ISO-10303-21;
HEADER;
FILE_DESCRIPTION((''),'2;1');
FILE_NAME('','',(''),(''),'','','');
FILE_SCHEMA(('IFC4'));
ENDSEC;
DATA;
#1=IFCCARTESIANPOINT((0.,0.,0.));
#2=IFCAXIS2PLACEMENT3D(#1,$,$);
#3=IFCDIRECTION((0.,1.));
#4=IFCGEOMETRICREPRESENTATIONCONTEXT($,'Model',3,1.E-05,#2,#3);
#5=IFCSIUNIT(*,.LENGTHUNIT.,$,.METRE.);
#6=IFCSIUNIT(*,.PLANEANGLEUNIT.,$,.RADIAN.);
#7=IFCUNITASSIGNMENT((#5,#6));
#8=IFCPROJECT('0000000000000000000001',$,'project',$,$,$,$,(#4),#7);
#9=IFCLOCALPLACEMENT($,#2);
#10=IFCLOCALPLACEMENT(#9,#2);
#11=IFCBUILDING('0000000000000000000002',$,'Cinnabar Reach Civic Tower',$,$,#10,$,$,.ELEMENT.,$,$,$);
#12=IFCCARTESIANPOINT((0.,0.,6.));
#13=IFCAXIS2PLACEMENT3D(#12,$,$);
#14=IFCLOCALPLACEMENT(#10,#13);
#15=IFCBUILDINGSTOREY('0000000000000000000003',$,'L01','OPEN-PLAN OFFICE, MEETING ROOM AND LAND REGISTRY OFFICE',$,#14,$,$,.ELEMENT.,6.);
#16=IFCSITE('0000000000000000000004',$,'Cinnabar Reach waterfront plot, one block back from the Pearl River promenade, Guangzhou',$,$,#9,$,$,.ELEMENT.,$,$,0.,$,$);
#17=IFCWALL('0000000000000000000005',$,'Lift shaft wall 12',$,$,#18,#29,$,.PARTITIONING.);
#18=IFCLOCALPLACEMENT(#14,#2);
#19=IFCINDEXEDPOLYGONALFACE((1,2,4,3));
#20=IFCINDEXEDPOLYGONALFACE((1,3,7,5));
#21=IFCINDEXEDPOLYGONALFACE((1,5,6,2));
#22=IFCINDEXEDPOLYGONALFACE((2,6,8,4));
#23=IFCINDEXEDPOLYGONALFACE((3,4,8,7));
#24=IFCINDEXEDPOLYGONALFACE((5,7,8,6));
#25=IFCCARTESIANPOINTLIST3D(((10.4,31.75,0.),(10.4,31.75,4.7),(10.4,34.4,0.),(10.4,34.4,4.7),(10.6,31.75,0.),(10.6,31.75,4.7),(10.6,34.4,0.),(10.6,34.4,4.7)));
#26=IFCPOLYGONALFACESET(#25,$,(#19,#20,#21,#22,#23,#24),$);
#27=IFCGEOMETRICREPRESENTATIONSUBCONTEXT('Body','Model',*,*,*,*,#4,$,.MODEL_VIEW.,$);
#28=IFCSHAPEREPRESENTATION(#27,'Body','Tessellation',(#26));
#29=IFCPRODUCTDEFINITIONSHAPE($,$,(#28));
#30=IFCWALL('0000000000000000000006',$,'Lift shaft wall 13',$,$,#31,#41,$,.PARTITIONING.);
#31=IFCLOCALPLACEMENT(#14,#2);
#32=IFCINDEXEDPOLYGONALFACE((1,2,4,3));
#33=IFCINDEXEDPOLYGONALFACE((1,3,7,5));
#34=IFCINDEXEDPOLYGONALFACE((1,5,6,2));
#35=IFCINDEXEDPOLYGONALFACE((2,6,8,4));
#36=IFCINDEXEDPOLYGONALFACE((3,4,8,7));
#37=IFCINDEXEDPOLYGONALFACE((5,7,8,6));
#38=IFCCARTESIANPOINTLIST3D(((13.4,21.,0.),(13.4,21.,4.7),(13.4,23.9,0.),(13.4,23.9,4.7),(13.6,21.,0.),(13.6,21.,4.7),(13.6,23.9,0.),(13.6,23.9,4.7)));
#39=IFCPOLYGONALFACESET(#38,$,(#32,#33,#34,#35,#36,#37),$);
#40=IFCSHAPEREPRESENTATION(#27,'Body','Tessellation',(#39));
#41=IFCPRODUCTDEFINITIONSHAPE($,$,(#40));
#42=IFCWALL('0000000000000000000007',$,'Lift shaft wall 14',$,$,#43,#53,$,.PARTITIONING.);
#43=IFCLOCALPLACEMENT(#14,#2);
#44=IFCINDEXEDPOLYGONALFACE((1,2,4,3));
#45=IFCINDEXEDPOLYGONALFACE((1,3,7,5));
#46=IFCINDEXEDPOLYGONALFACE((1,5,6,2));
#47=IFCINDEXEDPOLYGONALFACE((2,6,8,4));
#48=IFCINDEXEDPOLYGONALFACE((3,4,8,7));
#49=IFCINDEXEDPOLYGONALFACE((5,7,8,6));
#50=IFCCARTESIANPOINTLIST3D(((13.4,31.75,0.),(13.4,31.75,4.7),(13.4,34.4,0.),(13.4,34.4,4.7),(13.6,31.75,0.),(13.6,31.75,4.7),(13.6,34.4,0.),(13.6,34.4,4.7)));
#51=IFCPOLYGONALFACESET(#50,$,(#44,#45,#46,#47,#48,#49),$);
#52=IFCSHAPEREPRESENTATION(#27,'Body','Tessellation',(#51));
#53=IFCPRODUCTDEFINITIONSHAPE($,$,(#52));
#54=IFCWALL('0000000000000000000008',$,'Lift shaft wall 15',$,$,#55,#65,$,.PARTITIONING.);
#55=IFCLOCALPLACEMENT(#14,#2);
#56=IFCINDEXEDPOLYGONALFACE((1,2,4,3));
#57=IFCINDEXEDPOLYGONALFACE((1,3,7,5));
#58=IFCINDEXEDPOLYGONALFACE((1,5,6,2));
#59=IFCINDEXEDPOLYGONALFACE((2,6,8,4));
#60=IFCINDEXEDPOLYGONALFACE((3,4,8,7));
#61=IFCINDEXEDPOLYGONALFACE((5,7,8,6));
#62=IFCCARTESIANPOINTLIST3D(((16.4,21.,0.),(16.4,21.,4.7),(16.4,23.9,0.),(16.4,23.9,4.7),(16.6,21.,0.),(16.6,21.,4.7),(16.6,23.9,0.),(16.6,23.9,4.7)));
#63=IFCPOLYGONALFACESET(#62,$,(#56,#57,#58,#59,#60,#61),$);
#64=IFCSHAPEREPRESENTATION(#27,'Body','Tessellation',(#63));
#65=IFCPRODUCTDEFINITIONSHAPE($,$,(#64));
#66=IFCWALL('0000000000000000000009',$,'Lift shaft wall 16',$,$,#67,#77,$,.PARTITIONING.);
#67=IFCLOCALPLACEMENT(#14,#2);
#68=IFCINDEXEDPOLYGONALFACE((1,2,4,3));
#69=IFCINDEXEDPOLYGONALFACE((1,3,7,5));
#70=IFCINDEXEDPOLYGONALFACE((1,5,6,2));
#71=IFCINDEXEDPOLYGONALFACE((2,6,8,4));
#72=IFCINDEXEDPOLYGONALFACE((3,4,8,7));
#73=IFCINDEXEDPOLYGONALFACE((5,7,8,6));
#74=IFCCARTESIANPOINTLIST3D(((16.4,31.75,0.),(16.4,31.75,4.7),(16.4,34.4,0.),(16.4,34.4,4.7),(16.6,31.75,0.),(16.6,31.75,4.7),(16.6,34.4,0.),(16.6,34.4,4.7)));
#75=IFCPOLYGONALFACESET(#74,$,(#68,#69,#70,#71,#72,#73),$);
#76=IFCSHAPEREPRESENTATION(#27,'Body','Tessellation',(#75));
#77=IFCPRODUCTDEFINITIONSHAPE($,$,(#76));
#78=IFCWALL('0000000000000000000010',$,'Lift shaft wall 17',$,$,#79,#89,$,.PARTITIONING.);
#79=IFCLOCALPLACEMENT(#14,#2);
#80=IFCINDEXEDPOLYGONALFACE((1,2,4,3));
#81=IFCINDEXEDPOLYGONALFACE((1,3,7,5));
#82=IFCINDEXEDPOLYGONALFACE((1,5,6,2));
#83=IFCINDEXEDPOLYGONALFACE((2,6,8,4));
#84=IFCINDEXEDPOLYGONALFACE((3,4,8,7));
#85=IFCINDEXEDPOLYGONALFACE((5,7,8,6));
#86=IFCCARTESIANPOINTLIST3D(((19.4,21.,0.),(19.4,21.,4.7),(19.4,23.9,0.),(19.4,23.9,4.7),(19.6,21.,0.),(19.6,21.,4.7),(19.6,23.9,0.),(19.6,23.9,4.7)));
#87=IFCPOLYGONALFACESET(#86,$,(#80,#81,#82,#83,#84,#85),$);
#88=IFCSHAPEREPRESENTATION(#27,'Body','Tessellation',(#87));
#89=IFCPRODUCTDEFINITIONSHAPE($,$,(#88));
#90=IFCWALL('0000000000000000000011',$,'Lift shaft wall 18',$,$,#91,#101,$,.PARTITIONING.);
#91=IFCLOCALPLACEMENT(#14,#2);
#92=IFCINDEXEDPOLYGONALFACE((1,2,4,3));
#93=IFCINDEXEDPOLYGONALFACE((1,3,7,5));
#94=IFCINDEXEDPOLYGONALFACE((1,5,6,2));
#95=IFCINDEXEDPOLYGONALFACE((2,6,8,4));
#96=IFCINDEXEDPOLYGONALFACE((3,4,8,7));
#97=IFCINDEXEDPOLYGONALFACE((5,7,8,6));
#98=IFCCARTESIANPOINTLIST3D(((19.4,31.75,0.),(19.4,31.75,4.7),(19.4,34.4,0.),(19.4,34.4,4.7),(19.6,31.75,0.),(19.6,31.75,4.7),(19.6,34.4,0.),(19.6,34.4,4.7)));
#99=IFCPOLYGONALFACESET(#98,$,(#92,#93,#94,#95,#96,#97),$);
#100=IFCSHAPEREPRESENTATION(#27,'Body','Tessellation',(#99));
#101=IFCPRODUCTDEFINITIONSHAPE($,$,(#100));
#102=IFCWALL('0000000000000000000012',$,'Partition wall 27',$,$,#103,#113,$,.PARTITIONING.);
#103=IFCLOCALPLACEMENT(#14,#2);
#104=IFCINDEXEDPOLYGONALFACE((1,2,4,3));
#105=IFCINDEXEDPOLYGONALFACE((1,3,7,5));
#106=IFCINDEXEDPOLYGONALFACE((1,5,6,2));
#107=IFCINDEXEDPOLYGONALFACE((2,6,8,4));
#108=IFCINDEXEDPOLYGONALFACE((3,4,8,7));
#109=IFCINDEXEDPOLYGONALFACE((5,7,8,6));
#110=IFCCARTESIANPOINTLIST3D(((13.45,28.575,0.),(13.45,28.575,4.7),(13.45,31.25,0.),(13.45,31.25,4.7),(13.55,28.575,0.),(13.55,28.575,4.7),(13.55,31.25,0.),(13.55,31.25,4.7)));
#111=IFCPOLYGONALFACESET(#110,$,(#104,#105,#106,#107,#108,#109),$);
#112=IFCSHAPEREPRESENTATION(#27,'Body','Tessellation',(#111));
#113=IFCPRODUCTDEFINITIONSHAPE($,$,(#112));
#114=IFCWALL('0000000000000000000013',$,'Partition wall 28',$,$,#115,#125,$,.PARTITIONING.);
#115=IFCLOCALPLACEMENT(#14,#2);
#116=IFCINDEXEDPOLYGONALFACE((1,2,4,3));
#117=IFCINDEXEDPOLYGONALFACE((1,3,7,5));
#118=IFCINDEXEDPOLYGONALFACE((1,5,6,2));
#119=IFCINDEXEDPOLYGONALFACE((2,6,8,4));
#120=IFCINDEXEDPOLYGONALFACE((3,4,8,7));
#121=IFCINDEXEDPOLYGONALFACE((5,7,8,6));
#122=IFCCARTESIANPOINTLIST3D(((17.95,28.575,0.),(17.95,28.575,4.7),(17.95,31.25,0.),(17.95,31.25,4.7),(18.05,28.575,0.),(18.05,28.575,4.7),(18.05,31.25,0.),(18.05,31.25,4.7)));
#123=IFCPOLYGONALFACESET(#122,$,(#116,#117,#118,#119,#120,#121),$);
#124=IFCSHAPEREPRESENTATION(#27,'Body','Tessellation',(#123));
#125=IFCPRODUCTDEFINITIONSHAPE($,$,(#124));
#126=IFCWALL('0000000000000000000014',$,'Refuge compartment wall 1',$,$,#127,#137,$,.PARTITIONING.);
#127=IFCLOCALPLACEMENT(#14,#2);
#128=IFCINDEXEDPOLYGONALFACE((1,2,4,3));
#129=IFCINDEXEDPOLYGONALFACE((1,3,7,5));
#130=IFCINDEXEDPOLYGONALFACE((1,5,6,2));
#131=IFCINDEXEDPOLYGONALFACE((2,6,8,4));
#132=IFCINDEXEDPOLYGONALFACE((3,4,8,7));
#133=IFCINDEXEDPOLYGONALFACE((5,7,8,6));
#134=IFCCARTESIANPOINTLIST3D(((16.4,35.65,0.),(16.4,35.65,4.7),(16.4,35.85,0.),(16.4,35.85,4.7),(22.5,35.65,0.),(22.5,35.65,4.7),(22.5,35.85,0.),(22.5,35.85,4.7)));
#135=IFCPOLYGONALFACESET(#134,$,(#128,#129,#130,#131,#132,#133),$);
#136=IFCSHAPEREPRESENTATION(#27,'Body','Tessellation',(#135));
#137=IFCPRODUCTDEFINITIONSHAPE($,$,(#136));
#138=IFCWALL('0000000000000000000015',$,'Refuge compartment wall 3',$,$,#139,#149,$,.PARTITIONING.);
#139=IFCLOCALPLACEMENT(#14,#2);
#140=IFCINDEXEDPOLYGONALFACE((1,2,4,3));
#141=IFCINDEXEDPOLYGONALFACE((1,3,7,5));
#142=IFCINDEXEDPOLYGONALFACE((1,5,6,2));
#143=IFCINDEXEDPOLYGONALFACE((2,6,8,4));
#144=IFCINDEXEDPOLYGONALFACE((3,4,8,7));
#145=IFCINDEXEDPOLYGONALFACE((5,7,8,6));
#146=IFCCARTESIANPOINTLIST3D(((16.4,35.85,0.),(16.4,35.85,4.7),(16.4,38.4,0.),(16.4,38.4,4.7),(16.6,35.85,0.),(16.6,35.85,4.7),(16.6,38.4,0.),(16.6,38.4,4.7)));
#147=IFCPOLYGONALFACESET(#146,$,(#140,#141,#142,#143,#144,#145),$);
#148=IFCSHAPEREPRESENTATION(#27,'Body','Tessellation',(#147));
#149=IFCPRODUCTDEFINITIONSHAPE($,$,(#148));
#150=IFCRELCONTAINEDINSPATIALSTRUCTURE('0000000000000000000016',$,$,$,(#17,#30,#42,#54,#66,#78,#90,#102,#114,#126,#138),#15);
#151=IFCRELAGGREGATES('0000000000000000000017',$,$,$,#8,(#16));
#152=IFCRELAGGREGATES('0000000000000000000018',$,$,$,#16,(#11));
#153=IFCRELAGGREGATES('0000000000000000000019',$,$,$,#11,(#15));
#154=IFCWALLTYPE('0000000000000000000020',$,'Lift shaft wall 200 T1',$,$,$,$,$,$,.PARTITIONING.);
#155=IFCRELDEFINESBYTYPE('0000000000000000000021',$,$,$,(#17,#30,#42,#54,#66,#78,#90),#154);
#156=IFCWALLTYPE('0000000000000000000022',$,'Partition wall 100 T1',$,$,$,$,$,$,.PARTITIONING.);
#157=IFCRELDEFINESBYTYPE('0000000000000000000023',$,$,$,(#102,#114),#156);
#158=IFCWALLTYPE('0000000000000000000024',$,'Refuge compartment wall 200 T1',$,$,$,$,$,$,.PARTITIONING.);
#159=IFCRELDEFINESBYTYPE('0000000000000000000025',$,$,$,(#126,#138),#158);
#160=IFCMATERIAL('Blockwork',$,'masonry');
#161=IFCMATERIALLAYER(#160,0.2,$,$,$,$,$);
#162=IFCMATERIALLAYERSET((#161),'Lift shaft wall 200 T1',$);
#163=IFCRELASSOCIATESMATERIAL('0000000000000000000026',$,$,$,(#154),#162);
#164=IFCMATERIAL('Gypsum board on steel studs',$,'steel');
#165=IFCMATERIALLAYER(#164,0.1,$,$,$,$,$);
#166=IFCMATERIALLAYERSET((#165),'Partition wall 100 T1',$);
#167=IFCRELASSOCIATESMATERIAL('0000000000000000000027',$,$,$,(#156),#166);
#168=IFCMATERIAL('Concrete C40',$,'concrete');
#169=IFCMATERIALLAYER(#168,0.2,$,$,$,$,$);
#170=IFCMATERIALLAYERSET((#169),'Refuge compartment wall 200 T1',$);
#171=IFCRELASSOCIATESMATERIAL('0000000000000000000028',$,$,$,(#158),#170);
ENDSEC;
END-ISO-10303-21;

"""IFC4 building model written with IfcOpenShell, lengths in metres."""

from ifc_helpers import new_model, si_unit, direction, frame, frame_2d, origin, place, context, subcontext, project, spatial, rectangle, extrude, material, layer, layer_set, type_object, element, save


model = new_model("IFC4")

# Units and contexts
model_context = context("Model", 3, precision=1e-05, world=origin(), true_north=direction((0.0, 1.0)))
body_context = subcontext(model_context, "Body", "Model", "MODEL_VIEW")
ifc_project = project(units=[si_unit("LENGTHUNIT", "METRE"), si_unit("PLANEANGLEUNIT", "RADIAN")], contexts=[model_context])

# Site, building, storey
site_placement = place(None, origin())
site = spatial("IfcSite", under=ifc_project, at=site_placement, Name="Cinnabar Reach waterfront plot, one block back from the Pearl River promenade, Guangzhou", CompositionType="ELEMENT", RefElevation=0.0)
building_placement = place(site_placement, origin())
building = spatial("IfcBuilding", under=site, at=building_placement, Name="Cinnabar Reach Civic Tower", CompositionType="ELEMENT")
storey_placement = place(building_placement, frame((0.0, 0.0, 6.0)))
storey = spatial("IfcBuildingStorey", under=building, at=storey_placement, Name="L01", Description="OPEN-PLAN OFFICE, MEETING ROOM AND LAND REGISTRY OFFICE", CompositionType="ELEMENT", Elevation=6.0)

# Walls
ifc_material_1 = material(Name="Blockwork", Category="masonry")
ifc_layer_1 = layer(ifc_material_1, 0.2)
ifc_layer_set_1 = layer_set([ifc_layer_1], Name="Lift shaft wall 200 T1")
wall_type_1 = type_object("IfcWallType", Name="Lift shaft wall 200 T1", PredefinedType="PARTITIONING", material=ifc_layer_set_1)
wall_1_placement = place(storey_placement, frame((10.5, 31.75, 0.0), z_axis=(0.0, 0.0, 1.0), x_axis=(0.0, 1.0, 0.0)))
element("IfcWall", 1, at=wall_1_placement, inside=storey, type_object=wall_type_1, Name="Lift shaft wall 12", PredefinedType="PARTITIONING", context=body_context, shape_type="SweptSolid", body=[
    extrude(rectangle(XDim=2.65, YDim=0.2, at=frame_2d((1.325, 0.0))), origin(), (0.0, 0.0, 1.0), 4.7),
])
wall_2_placement = place(storey_placement, frame((13.5, 21.0, 0.0), z_axis=(0.0, 0.0, 1.0), x_axis=(0.0, 1.0, 0.0)))
element("IfcWall", 2, at=wall_2_placement, inside=storey, type_object=wall_type_1, Name="Lift shaft wall 13", PredefinedType="PARTITIONING", context=body_context, shape_type="SweptSolid", body=[
    extrude(rectangle(XDim=2.9, YDim=0.2, at=frame_2d((1.45, 0.0))), origin(), (0.0, 0.0, 1.0), 4.7),
])
wall_3_placement = place(storey_placement, frame((13.5, 31.75, 0.0), z_axis=(0.0, 0.0, 1.0), x_axis=(0.0, 1.0, 0.0)))
element("IfcWall", 3, at=wall_3_placement, inside=storey, type_object=wall_type_1, Name="Lift shaft wall 14", PredefinedType="PARTITIONING", context=body_context, shape_type="SweptSolid", body=[
    extrude(rectangle(XDim=2.65, YDim=0.2, at=frame_2d((1.325, 0.0))), origin(), (0.0, 0.0, 1.0), 4.7),
])
wall_4_placement = place(storey_placement, frame((16.5, 21.0, 0.0), z_axis=(0.0, 0.0, 1.0), x_axis=(0.0, 1.0, 0.0)))
element("IfcWall", 4, at=wall_4_placement, inside=storey, type_object=wall_type_1, Name="Lift shaft wall 15", PredefinedType="PARTITIONING", context=body_context, shape_type="SweptSolid", body=[
    extrude(rectangle(XDim=2.9, YDim=0.2, at=frame_2d((1.45, 0.0))), origin(), (0.0, 0.0, 1.0), 4.7),
])
wall_5_placement = place(storey_placement, frame((16.5, 31.75, 0.0), z_axis=(0.0, 0.0, 1.0), x_axis=(0.0, 1.0, 0.0)))
element("IfcWall", 5, at=wall_5_placement, inside=storey, type_object=wall_type_1, Name="Lift shaft wall 16", PredefinedType="PARTITIONING", context=body_context, shape_type="SweptSolid", body=[
    extrude(rectangle(XDim=2.65, YDim=0.2, at=frame_2d((1.325, 0.0))), origin(), (0.0, 0.0, 1.0), 4.7),
])
wall_6_placement = place(storey_placement, frame((19.5, 21.0, 0.0), z_axis=(0.0, 0.0, 1.0), x_axis=(0.0, 1.0, 0.0)))
element("IfcWall", 6, at=wall_6_placement, inside=storey, type_object=wall_type_1, Name="Lift shaft wall 17", PredefinedType="PARTITIONING", context=body_context, shape_type="SweptSolid", body=[
    extrude(rectangle(XDim=2.9, YDim=0.2, at=frame_2d((1.45, 0.0))), origin(), (0.0, 0.0, 1.0), 4.7),
])
wall_7_placement = place(storey_placement, frame((19.5, 31.75, 0.0), z_axis=(0.0, 0.0, 1.0), x_axis=(0.0, 1.0, 0.0)))
element("IfcWall", 7, at=wall_7_placement, inside=storey, type_object=wall_type_1, Name="Lift shaft wall 18", PredefinedType="PARTITIONING", context=body_context, shape_type="SweptSolid", body=[
    extrude(rectangle(XDim=2.65, YDim=0.2, at=frame_2d((1.325, 0.0))), origin(), (0.0, 0.0, 1.0), 4.7),
])
ifc_material_2 = material(Name="Gypsum board on steel studs", Category="steel")
ifc_layer_2 = layer(ifc_material_2, 0.1)
ifc_layer_set_2 = layer_set([ifc_layer_2], Name="Partition wall 100 T1")
wall_type_2 = type_object("IfcWallType", Name="Partition wall 100 T1", PredefinedType="PARTITIONING", material=ifc_layer_set_2)
for number, where, z_axis, x_axis, name in (
    (8, (13.5, 28.575, 0.0), (0.0, 0.0, 1.0), (0.0, 1.0, 0.0), "Partition wall 27"),
    (9, (18.0, 28.575, 0.0), (0.0, 0.0, 1.0), (0.0, 1.0, 0.0), "Partition wall 28"),
):
    element("IfcWall", number, at=place(storey_placement, frame(where, z_axis=z_axis, x_axis=x_axis)), inside=storey, type_object=wall_type_2, Name=name, PredefinedType="PARTITIONING", context=body_context, shape_type="SweptSolid", body=[
        extrude(rectangle(XDim=2.675, YDim=0.1, at=frame_2d((1.3375, 0.0))), origin(), (0.0, 0.0, 1.0), 4.7),
    ])
ifc_material_3 = material(Name="Concrete C40", Category="concrete")
ifc_layer_3 = layer(ifc_material_3, 0.2)
ifc_layer_set_3 = layer_set([ifc_layer_3], Name="Refuge compartment wall 200 T1")
wall_type_3 = type_object("IfcWallType", Name="Refuge compartment wall 200 T1", PredefinedType="PARTITIONING", material=ifc_layer_set_3)
wall_8_placement = place(storey_placement, frame((16.4, 35.75, 0.0), z_axis=(0.0, 0.0, 1.0), x_axis=(1.0, 0.0, 0.0)))
element("IfcWall", 10, at=wall_8_placement, inside=storey, type_object=wall_type_3, Name="Refuge compartment wall 1", PredefinedType="PARTITIONING", context=body_context, shape_type="SweptSolid", body=[
    extrude(rectangle(XDim=6.1, YDim=0.2, at=frame_2d((3.05, 0.0))), origin(), (0.0, 0.0, 1.0), 4.7),
])
wall_9_placement = place(storey_placement, frame((16.5, 35.85, 0.0), z_axis=(0.0, 0.0, 1.0), x_axis=(0.0, 1.0, 0.0)))
element("IfcWall", 11, at=wall_9_placement, inside=storey, type_object=wall_type_3, Name="Refuge compartment wall 3", PredefinedType="PARTITIONING", context=body_context, shape_type="SweptSolid", body=[
    extrude(rectangle(XDim=2.55, YDim=0.2, at=frame_2d((1.275, 0.0))), origin(), (0.0, 0.0, 1.0), 4.7),
])

save(model, "model.ifc")
